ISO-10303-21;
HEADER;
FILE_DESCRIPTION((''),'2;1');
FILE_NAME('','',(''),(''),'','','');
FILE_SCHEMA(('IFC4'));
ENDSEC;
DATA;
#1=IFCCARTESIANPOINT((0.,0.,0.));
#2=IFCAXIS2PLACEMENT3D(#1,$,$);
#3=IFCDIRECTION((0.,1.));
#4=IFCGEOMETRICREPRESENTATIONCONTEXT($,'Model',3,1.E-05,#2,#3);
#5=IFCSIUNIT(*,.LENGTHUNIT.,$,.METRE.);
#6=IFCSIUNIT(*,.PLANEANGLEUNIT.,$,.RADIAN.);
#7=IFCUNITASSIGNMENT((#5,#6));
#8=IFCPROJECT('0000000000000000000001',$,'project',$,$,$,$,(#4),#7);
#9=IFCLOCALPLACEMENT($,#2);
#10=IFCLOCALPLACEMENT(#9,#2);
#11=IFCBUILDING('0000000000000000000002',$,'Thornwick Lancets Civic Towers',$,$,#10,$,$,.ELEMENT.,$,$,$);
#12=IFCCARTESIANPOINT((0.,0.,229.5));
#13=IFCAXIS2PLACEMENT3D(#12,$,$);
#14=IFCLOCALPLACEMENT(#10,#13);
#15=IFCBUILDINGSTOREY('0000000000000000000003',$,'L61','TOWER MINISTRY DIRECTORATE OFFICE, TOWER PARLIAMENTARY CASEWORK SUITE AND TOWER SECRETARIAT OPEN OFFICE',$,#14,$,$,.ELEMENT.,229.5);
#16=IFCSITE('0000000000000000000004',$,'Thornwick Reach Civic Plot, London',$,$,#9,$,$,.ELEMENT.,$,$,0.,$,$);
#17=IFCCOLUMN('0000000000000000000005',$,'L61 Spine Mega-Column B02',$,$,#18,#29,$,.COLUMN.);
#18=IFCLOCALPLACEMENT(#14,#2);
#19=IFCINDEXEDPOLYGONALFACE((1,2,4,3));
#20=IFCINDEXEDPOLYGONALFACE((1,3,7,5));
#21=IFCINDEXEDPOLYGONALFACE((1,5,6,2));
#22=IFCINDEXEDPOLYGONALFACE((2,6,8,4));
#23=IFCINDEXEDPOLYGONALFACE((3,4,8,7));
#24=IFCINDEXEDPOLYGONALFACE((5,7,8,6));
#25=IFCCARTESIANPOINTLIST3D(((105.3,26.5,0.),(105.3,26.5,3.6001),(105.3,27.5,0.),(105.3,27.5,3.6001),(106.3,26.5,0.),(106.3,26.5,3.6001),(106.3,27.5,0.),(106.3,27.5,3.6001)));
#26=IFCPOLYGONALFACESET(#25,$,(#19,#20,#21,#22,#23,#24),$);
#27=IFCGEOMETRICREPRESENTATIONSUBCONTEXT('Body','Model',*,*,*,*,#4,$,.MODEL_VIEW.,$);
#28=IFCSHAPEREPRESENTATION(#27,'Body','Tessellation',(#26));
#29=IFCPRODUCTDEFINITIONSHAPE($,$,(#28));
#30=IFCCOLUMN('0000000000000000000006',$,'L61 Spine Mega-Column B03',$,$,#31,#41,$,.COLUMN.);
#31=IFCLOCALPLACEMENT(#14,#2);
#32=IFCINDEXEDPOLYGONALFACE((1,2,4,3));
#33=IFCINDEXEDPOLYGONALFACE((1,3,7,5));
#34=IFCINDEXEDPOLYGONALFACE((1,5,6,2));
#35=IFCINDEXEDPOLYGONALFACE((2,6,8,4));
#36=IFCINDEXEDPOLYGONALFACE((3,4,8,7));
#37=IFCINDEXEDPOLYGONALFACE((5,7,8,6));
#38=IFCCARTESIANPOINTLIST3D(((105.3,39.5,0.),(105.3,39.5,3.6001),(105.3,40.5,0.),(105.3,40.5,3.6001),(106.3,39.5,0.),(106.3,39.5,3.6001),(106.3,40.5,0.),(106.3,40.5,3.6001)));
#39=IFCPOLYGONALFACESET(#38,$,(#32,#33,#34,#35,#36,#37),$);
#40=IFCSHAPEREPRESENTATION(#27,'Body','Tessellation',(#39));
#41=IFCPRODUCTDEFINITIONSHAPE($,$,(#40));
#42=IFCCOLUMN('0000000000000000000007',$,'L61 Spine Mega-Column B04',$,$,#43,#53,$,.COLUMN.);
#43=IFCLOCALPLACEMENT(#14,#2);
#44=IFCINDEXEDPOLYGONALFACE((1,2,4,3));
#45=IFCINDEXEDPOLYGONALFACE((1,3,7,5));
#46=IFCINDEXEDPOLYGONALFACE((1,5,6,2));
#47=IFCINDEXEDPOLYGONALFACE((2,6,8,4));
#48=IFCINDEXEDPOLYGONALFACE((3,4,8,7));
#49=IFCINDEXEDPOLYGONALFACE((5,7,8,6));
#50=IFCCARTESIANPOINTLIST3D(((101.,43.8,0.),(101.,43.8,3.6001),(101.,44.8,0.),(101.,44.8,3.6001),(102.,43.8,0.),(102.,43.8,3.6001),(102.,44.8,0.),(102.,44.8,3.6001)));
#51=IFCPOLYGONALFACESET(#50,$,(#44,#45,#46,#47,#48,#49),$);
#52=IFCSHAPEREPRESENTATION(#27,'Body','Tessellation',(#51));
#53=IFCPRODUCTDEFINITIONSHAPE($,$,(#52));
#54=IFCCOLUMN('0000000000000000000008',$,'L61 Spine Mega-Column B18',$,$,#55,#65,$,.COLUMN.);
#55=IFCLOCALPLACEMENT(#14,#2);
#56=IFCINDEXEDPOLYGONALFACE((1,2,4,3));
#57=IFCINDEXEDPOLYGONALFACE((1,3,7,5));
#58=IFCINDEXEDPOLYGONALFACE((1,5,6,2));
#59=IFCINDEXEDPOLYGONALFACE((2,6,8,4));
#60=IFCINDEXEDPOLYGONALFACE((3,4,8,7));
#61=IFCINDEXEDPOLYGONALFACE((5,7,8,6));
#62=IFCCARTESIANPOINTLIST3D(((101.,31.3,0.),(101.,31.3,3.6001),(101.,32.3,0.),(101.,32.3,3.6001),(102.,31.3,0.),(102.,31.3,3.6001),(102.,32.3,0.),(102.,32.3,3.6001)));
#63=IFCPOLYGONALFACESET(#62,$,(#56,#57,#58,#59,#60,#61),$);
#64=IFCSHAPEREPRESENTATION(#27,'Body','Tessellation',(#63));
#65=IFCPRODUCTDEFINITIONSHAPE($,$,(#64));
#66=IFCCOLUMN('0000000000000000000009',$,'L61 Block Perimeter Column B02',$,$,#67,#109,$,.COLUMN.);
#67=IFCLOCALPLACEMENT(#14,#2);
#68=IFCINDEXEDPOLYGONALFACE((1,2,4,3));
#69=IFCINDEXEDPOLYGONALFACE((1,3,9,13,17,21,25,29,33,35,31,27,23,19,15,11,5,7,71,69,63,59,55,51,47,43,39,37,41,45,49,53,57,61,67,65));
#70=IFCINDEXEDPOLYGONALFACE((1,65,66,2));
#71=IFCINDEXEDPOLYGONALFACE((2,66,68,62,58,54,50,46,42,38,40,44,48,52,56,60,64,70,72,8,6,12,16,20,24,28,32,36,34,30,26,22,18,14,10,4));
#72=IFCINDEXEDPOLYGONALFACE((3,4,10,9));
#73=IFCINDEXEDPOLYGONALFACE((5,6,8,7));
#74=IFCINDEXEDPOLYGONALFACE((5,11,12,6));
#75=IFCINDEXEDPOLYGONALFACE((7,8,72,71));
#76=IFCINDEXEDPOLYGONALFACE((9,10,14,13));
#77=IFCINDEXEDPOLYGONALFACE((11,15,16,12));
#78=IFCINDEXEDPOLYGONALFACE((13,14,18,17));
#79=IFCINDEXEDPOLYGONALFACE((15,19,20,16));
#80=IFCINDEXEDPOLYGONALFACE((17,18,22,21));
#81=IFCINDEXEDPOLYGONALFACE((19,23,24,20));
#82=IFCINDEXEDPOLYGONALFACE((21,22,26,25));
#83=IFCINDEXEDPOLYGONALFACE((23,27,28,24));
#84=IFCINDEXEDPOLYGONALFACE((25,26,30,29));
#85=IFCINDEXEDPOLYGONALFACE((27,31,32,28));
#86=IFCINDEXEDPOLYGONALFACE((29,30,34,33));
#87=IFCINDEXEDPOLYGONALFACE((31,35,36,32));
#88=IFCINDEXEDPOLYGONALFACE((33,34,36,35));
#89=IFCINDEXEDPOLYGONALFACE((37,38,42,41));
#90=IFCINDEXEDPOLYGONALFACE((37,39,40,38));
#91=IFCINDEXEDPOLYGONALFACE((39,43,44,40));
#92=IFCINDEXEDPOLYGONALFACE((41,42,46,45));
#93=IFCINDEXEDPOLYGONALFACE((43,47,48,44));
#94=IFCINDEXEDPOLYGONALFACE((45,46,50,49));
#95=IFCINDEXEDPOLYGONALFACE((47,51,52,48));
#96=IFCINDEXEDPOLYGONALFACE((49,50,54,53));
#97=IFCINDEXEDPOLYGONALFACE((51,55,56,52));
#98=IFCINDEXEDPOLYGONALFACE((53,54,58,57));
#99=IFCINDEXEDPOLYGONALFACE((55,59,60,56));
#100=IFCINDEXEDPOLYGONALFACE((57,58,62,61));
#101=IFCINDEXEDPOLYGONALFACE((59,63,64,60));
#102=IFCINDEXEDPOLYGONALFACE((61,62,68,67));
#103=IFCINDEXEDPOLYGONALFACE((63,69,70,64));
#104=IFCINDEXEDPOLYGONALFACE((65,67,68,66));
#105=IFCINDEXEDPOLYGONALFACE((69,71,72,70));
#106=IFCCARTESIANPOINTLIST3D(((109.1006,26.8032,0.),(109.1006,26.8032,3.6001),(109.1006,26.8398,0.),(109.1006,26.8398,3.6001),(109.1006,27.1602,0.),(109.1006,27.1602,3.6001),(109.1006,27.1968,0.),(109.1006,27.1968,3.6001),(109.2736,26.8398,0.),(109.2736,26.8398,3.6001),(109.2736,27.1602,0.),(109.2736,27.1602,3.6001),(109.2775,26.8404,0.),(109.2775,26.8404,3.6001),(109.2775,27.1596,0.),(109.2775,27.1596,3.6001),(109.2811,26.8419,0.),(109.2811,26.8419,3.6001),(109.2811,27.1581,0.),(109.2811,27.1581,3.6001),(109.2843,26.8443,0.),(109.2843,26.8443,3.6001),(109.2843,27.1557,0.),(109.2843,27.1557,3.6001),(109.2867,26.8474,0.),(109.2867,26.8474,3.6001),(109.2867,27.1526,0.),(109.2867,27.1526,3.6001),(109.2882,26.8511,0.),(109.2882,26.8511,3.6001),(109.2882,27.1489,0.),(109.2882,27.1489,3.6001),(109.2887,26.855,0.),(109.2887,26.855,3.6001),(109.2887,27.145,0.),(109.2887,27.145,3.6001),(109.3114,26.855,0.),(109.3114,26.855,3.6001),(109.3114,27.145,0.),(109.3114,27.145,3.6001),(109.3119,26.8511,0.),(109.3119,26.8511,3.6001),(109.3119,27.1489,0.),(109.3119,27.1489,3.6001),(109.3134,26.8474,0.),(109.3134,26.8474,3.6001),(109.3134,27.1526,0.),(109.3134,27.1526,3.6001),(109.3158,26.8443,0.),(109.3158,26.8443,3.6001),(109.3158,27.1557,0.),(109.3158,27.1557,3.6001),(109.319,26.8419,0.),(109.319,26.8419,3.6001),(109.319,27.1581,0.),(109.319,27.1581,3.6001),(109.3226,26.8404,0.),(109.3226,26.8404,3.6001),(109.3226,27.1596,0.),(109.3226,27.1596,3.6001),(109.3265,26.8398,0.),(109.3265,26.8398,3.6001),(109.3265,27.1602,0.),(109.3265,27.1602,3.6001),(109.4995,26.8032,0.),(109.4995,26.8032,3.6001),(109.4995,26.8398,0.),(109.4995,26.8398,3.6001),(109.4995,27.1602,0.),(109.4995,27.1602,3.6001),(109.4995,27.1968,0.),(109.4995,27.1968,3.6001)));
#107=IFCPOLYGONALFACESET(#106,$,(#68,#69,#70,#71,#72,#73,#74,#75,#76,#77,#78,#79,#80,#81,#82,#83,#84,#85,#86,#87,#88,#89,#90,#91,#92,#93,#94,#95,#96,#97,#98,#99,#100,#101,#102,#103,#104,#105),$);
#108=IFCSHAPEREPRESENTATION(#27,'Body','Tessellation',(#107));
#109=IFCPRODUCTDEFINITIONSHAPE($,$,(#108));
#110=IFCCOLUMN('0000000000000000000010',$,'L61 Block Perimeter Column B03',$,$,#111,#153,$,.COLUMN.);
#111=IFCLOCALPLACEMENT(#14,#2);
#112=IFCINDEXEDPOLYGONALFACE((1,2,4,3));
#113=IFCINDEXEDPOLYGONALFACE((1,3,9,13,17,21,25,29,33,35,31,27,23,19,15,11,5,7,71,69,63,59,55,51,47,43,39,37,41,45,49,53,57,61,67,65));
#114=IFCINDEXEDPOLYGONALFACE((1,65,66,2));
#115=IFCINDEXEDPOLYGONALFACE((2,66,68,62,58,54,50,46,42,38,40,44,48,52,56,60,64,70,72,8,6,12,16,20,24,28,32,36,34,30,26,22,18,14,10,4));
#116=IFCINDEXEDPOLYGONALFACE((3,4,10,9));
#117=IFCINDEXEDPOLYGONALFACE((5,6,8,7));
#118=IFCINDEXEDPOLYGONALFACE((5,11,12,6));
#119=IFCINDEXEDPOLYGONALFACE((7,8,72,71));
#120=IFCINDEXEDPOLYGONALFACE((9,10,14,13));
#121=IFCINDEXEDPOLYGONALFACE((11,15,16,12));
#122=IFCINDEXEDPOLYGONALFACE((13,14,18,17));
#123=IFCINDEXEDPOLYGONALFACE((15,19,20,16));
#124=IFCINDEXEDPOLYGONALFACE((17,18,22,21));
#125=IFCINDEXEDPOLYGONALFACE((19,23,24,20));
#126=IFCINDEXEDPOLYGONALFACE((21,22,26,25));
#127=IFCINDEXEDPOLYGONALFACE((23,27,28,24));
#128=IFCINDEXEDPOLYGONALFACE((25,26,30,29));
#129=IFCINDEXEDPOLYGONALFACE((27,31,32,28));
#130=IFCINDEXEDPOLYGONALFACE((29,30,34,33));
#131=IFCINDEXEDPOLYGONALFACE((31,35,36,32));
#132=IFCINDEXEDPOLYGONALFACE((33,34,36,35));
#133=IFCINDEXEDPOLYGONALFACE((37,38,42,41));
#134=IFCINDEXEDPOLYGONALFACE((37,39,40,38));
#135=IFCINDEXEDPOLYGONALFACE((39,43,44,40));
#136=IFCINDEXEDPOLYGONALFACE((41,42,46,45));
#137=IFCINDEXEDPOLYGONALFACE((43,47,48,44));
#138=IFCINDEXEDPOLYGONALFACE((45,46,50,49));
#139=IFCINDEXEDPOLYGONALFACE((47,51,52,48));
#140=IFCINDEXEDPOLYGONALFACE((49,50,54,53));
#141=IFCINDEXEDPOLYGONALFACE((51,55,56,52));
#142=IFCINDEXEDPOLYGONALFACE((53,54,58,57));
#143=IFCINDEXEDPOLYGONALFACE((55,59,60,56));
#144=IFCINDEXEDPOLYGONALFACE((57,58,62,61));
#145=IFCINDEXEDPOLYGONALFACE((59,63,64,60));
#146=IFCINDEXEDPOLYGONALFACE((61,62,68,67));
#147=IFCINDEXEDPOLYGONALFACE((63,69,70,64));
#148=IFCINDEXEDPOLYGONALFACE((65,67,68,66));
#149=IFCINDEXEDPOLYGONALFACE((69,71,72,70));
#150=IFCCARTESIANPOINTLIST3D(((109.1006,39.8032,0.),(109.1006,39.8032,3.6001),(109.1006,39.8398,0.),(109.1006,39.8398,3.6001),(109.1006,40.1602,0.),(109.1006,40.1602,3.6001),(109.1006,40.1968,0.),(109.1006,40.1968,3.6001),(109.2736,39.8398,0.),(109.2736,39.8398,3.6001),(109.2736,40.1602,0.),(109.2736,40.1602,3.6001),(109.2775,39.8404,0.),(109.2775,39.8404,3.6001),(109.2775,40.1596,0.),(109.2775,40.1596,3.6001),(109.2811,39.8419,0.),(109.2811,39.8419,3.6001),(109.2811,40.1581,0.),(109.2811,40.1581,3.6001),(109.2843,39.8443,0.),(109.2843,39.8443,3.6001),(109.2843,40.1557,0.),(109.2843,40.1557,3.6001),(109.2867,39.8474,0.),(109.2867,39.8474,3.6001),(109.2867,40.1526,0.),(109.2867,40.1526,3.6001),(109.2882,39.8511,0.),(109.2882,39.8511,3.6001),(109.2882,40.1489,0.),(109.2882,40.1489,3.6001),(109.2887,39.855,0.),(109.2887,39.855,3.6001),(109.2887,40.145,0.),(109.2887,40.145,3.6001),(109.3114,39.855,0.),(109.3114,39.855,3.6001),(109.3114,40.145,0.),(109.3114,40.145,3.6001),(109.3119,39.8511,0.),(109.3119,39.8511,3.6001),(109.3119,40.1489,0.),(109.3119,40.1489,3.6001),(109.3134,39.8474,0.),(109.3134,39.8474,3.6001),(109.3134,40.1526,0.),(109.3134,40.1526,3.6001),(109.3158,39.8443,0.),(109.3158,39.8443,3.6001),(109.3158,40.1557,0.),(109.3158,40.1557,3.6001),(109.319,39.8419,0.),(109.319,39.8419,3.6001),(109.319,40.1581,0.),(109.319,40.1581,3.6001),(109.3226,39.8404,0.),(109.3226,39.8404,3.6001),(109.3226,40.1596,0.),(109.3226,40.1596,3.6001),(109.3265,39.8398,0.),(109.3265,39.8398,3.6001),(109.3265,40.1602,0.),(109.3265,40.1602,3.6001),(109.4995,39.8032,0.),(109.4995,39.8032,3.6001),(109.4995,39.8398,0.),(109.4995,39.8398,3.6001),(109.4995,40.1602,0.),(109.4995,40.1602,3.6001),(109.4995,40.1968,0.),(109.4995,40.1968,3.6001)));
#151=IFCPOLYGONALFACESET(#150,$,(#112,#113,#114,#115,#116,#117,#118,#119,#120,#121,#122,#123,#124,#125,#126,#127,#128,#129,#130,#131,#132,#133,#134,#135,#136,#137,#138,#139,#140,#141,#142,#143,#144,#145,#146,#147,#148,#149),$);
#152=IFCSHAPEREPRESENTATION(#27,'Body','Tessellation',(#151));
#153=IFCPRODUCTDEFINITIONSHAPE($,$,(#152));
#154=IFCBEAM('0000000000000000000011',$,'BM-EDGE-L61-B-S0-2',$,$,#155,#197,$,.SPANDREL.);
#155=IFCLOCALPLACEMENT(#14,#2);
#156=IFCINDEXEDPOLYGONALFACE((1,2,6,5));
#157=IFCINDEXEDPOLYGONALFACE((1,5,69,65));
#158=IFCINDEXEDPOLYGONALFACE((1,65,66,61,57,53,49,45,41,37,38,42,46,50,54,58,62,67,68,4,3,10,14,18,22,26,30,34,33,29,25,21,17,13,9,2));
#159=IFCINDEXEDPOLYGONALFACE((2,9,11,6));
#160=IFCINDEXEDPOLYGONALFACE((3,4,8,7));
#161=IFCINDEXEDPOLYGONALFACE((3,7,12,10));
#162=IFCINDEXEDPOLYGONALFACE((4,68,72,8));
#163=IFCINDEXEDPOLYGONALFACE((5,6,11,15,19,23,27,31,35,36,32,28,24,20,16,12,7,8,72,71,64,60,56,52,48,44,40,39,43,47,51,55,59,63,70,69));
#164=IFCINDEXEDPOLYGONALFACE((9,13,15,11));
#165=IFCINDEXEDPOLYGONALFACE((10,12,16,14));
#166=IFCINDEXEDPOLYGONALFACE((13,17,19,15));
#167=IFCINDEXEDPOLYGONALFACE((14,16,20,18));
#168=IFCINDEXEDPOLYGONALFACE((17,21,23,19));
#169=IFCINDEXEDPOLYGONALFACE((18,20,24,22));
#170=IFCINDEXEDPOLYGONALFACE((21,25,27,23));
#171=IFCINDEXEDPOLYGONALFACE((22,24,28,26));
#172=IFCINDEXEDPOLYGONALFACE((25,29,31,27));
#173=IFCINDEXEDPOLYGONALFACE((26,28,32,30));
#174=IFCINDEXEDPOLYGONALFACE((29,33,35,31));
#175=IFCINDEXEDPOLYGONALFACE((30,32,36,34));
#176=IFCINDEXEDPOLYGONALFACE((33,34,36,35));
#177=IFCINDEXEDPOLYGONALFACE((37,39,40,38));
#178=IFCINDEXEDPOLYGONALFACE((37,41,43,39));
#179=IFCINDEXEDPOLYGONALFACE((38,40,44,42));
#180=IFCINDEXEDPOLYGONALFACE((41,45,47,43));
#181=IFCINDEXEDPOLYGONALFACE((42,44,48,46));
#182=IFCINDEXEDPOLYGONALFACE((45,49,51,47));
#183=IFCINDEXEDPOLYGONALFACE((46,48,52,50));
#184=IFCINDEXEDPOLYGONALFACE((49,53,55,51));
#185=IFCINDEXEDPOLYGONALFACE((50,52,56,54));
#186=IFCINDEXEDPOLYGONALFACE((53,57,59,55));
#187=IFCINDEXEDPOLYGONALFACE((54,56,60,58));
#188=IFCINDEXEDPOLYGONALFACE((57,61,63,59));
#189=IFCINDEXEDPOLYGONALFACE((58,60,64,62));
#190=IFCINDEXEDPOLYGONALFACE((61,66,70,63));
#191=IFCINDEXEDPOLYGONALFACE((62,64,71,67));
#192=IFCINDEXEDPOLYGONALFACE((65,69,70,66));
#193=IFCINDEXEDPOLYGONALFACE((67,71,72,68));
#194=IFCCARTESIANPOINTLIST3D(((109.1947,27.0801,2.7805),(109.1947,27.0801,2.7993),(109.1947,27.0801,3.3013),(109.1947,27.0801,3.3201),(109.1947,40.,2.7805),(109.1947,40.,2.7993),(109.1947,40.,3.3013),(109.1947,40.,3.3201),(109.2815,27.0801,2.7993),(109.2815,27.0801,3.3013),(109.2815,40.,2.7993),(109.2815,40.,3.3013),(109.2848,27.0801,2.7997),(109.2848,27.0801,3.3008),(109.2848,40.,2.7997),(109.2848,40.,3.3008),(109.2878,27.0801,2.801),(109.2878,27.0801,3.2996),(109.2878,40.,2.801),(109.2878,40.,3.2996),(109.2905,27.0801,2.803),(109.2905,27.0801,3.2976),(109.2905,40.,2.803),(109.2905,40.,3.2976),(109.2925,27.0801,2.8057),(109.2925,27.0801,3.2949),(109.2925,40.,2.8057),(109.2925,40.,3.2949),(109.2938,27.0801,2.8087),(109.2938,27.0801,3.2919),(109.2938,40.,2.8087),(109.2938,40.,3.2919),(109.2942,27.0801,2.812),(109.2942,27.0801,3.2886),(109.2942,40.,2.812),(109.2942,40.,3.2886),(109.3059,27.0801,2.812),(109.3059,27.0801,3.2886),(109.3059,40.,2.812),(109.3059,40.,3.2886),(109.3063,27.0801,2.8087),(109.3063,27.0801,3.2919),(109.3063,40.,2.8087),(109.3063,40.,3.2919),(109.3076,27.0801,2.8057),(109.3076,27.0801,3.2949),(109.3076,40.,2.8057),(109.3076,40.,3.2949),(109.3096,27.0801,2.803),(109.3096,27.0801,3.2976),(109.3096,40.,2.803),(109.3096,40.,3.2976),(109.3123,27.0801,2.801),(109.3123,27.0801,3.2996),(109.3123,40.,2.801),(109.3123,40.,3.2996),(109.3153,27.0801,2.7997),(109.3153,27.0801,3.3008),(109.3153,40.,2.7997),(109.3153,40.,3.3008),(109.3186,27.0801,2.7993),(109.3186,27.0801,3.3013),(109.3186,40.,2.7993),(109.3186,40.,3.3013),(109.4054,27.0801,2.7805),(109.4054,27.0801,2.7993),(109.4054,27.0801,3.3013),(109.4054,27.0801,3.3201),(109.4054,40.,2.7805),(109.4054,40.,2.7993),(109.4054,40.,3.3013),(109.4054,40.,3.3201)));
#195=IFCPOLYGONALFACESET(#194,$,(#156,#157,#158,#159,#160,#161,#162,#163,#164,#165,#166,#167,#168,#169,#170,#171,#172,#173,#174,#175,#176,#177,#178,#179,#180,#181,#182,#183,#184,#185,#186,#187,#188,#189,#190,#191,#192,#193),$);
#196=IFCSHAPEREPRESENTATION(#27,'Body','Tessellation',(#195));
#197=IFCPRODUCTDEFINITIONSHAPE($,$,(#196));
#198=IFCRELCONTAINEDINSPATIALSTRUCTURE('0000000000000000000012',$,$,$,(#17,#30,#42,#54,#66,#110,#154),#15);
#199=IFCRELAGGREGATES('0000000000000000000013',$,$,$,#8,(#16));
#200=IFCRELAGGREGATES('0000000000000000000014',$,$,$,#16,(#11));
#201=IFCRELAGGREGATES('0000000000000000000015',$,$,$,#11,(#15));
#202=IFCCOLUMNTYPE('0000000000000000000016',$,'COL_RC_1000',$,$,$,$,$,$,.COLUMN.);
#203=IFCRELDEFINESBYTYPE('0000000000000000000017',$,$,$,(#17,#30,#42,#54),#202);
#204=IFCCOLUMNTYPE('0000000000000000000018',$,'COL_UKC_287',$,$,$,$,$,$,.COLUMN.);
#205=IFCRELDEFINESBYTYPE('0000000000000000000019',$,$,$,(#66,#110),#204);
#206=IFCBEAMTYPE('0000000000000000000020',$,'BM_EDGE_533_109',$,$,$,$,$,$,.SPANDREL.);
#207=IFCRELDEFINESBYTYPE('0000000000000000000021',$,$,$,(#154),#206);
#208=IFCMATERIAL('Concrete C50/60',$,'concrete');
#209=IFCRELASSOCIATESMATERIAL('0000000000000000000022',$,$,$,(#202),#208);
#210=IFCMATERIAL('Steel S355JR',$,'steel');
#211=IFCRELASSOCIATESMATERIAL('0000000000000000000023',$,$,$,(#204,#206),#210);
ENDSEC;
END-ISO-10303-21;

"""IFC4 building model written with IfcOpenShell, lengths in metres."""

from ifc_helpers import new_model, si_unit, direction, frame, origin, origin_2d, place, context, subcontext, project, spatial, rectangle, i_section, extrude, material, material_profile, profile_set, type_object, element, save


model = new_model("IFC4")

# Units and contexts
model_context = context("Model", 3, precision=1e-05, world=origin(), true_north=direction((0.0, 1.0)))
body_context = subcontext(model_context, "Body", "Model", "MODEL_VIEW")
ifc_project = project(units=[si_unit("LENGTHUNIT", "METRE"), si_unit("PLANEANGLEUNIT", "RADIAN")], contexts=[model_context])

# Site, building, storey
site_placement = place(None, origin())
site = spatial("IfcSite", under=ifc_project, at=site_placement, Name="Thornwick Reach Civic Plot, London", CompositionType="ELEMENT", RefElevation=0.0)
building_placement = place(site_placement, origin())
building = spatial("IfcBuilding", under=site, at=building_placement, Name="Thornwick Lancets Civic Towers", CompositionType="ELEMENT")
storey_placement = place(building_placement, frame((0.0, 0.0, 229.5)))
storey = spatial("IfcBuildingStorey", under=building, at=storey_placement, Name="L61", Description="TOWER MINISTRY DIRECTORATE OFFICE, TOWER PARLIAMENTARY CASEWORK SUITE AND TOWER SECRETARIAT OPEN OFFICE", CompositionType="ELEMENT", Elevation=229.5)

# Columns
ifc_material_1 = material(Name="Concrete C50/60", Category="concrete")
ifc_material_profile_1 = material_profile(ifc_material_1, rectangle(XDim=1.0, YDim=1.0, at=origin_2d()), Name="RC 1000x1000")
ifc_profile_set_1 = profile_set([ifc_material_profile_1], Name="Concrete C50/60")
column_type_1 = type_object("IfcColumnType", Name="COL_RC_1000", PredefinedType="COLUMN", material=ifc_profile_set_1)
for number, where, z_axis, x_axis, name in (
    (1, (105.8, 27.0, 0.0), (0.0, 0.0, 1.0), (1.0, 0.0, 0.0), "L61 Spine Mega-Column B02"),
    (2, (105.8, 40.0, 0.0), (0.0, 0.0, 1.0), (1.0, 0.0, 0.0), "L61 Spine Mega-Column B03"),
    (3, (101.5, 44.3, 0.0), (0.0, 0.0, 1.0), (1.0, 0.0, 0.0), "L61 Spine Mega-Column B04"),
    (4, (101.5, 31.8, 0.0), (0.0, 0.0, 1.0), (1.0, 0.0, 0.0), "L61 Spine Mega-Column B18"),
):
    element("IfcColumn", number, at=place(storey_placement, frame(where, z_axis=z_axis, x_axis=x_axis)), inside=storey, type_object=column_type_1, Name=name, PredefinedType="COLUMN", context=body_context, shape_type="SweptSolid", body=[
        extrude(rectangle(XDim=1.0, YDim=1.0, at=origin_2d()), origin(), (0.0, 0.0, 1.0), 3.6001),
    ])
ifc_material_2 = material(Name="Steel S355JR", Category="steel")
ifc_material_profile_2 = material_profile(ifc_material_2, i_section(OverallWidth=0.3989, OverallDepth=0.3936, WebThickness=0.0227, FlangeThickness=0.0366, FilletRadius=0.0151, at=origin_2d()), Name="UKC 356x406x287")
ifc_profile_set_2 = profile_set([ifc_material_profile_2], Name="Steel S355JR")
column_type_2 = type_object("IfcColumnType", Name="COL_UKC_287", PredefinedType="COLUMN", material=ifc_profile_set_2)
for number, where, z_axis, x_axis, name in (
    (5, (109.3, 27.0, 0.0), (0.0, 0.0, 1.0), (1.0, 0.0, 0.0), "L61 Block Perimeter Column B02"),
    (6, (109.3, 40.0, 0.0), (0.0, 0.0, 1.0), (1.0, 0.0, 0.0), "L61 Block Perimeter Column B03"),
):
    element("IfcColumn", number, at=place(storey_placement, frame(where, z_axis=z_axis, x_axis=x_axis)), inside=storey, type_object=column_type_2, Name=name, PredefinedType="COLUMN", context=body_context, shape_type="SweptSolid", body=[
        extrude(i_section(OverallWidth=0.3989, OverallDepth=0.3936, WebThickness=0.0227, FlangeThickness=0.0366, FilletRadius=0.0151, at=origin_2d()), origin(), (0.0, 0.0, 1.0), 3.6001),
    ])

# Beam
ifc_material_profile_3 = material_profile(ifc_material_2, i_section(OverallWidth=0.2107, OverallDepth=0.5396, WebThickness=0.0117, FlangeThickness=0.0188, FilletRadius=0.0127, at=origin_2d()), Name="UKB 533x210x109")
ifc_profile_set_3 = profile_set([ifc_material_profile_3], Name="Steel S355JR")
beam_type_1 = type_object("IfcBeamType", Name="BM_EDGE_533_109", PredefinedType="SPANDREL", material=ifc_profile_set_3)
beam_1_placement = place(storey_placement, frame((109.3, 27.0801, 3.0503), z_axis=(0.0, 1.0, 0.0), x_axis=(-1.0, 0.0, 0.0)))
element("IfcBeam", 7, at=beam_1_placement, inside=storey, type_object=beam_type_1, Name="BM-EDGE-L61-B-S0-2", PredefinedType="SPANDREL", context=body_context, shape_type="SweptSolid", body=[
    extrude(i_section(OverallWidth=0.2107, OverallDepth=0.5396, WebThickness=0.0117, FlangeThickness=0.0188, FilletRadius=0.0127, at=origin_2d()), origin(), (0.0, 0.0, 1.0), 12.9199),
])

save(model, "model.ifc")
